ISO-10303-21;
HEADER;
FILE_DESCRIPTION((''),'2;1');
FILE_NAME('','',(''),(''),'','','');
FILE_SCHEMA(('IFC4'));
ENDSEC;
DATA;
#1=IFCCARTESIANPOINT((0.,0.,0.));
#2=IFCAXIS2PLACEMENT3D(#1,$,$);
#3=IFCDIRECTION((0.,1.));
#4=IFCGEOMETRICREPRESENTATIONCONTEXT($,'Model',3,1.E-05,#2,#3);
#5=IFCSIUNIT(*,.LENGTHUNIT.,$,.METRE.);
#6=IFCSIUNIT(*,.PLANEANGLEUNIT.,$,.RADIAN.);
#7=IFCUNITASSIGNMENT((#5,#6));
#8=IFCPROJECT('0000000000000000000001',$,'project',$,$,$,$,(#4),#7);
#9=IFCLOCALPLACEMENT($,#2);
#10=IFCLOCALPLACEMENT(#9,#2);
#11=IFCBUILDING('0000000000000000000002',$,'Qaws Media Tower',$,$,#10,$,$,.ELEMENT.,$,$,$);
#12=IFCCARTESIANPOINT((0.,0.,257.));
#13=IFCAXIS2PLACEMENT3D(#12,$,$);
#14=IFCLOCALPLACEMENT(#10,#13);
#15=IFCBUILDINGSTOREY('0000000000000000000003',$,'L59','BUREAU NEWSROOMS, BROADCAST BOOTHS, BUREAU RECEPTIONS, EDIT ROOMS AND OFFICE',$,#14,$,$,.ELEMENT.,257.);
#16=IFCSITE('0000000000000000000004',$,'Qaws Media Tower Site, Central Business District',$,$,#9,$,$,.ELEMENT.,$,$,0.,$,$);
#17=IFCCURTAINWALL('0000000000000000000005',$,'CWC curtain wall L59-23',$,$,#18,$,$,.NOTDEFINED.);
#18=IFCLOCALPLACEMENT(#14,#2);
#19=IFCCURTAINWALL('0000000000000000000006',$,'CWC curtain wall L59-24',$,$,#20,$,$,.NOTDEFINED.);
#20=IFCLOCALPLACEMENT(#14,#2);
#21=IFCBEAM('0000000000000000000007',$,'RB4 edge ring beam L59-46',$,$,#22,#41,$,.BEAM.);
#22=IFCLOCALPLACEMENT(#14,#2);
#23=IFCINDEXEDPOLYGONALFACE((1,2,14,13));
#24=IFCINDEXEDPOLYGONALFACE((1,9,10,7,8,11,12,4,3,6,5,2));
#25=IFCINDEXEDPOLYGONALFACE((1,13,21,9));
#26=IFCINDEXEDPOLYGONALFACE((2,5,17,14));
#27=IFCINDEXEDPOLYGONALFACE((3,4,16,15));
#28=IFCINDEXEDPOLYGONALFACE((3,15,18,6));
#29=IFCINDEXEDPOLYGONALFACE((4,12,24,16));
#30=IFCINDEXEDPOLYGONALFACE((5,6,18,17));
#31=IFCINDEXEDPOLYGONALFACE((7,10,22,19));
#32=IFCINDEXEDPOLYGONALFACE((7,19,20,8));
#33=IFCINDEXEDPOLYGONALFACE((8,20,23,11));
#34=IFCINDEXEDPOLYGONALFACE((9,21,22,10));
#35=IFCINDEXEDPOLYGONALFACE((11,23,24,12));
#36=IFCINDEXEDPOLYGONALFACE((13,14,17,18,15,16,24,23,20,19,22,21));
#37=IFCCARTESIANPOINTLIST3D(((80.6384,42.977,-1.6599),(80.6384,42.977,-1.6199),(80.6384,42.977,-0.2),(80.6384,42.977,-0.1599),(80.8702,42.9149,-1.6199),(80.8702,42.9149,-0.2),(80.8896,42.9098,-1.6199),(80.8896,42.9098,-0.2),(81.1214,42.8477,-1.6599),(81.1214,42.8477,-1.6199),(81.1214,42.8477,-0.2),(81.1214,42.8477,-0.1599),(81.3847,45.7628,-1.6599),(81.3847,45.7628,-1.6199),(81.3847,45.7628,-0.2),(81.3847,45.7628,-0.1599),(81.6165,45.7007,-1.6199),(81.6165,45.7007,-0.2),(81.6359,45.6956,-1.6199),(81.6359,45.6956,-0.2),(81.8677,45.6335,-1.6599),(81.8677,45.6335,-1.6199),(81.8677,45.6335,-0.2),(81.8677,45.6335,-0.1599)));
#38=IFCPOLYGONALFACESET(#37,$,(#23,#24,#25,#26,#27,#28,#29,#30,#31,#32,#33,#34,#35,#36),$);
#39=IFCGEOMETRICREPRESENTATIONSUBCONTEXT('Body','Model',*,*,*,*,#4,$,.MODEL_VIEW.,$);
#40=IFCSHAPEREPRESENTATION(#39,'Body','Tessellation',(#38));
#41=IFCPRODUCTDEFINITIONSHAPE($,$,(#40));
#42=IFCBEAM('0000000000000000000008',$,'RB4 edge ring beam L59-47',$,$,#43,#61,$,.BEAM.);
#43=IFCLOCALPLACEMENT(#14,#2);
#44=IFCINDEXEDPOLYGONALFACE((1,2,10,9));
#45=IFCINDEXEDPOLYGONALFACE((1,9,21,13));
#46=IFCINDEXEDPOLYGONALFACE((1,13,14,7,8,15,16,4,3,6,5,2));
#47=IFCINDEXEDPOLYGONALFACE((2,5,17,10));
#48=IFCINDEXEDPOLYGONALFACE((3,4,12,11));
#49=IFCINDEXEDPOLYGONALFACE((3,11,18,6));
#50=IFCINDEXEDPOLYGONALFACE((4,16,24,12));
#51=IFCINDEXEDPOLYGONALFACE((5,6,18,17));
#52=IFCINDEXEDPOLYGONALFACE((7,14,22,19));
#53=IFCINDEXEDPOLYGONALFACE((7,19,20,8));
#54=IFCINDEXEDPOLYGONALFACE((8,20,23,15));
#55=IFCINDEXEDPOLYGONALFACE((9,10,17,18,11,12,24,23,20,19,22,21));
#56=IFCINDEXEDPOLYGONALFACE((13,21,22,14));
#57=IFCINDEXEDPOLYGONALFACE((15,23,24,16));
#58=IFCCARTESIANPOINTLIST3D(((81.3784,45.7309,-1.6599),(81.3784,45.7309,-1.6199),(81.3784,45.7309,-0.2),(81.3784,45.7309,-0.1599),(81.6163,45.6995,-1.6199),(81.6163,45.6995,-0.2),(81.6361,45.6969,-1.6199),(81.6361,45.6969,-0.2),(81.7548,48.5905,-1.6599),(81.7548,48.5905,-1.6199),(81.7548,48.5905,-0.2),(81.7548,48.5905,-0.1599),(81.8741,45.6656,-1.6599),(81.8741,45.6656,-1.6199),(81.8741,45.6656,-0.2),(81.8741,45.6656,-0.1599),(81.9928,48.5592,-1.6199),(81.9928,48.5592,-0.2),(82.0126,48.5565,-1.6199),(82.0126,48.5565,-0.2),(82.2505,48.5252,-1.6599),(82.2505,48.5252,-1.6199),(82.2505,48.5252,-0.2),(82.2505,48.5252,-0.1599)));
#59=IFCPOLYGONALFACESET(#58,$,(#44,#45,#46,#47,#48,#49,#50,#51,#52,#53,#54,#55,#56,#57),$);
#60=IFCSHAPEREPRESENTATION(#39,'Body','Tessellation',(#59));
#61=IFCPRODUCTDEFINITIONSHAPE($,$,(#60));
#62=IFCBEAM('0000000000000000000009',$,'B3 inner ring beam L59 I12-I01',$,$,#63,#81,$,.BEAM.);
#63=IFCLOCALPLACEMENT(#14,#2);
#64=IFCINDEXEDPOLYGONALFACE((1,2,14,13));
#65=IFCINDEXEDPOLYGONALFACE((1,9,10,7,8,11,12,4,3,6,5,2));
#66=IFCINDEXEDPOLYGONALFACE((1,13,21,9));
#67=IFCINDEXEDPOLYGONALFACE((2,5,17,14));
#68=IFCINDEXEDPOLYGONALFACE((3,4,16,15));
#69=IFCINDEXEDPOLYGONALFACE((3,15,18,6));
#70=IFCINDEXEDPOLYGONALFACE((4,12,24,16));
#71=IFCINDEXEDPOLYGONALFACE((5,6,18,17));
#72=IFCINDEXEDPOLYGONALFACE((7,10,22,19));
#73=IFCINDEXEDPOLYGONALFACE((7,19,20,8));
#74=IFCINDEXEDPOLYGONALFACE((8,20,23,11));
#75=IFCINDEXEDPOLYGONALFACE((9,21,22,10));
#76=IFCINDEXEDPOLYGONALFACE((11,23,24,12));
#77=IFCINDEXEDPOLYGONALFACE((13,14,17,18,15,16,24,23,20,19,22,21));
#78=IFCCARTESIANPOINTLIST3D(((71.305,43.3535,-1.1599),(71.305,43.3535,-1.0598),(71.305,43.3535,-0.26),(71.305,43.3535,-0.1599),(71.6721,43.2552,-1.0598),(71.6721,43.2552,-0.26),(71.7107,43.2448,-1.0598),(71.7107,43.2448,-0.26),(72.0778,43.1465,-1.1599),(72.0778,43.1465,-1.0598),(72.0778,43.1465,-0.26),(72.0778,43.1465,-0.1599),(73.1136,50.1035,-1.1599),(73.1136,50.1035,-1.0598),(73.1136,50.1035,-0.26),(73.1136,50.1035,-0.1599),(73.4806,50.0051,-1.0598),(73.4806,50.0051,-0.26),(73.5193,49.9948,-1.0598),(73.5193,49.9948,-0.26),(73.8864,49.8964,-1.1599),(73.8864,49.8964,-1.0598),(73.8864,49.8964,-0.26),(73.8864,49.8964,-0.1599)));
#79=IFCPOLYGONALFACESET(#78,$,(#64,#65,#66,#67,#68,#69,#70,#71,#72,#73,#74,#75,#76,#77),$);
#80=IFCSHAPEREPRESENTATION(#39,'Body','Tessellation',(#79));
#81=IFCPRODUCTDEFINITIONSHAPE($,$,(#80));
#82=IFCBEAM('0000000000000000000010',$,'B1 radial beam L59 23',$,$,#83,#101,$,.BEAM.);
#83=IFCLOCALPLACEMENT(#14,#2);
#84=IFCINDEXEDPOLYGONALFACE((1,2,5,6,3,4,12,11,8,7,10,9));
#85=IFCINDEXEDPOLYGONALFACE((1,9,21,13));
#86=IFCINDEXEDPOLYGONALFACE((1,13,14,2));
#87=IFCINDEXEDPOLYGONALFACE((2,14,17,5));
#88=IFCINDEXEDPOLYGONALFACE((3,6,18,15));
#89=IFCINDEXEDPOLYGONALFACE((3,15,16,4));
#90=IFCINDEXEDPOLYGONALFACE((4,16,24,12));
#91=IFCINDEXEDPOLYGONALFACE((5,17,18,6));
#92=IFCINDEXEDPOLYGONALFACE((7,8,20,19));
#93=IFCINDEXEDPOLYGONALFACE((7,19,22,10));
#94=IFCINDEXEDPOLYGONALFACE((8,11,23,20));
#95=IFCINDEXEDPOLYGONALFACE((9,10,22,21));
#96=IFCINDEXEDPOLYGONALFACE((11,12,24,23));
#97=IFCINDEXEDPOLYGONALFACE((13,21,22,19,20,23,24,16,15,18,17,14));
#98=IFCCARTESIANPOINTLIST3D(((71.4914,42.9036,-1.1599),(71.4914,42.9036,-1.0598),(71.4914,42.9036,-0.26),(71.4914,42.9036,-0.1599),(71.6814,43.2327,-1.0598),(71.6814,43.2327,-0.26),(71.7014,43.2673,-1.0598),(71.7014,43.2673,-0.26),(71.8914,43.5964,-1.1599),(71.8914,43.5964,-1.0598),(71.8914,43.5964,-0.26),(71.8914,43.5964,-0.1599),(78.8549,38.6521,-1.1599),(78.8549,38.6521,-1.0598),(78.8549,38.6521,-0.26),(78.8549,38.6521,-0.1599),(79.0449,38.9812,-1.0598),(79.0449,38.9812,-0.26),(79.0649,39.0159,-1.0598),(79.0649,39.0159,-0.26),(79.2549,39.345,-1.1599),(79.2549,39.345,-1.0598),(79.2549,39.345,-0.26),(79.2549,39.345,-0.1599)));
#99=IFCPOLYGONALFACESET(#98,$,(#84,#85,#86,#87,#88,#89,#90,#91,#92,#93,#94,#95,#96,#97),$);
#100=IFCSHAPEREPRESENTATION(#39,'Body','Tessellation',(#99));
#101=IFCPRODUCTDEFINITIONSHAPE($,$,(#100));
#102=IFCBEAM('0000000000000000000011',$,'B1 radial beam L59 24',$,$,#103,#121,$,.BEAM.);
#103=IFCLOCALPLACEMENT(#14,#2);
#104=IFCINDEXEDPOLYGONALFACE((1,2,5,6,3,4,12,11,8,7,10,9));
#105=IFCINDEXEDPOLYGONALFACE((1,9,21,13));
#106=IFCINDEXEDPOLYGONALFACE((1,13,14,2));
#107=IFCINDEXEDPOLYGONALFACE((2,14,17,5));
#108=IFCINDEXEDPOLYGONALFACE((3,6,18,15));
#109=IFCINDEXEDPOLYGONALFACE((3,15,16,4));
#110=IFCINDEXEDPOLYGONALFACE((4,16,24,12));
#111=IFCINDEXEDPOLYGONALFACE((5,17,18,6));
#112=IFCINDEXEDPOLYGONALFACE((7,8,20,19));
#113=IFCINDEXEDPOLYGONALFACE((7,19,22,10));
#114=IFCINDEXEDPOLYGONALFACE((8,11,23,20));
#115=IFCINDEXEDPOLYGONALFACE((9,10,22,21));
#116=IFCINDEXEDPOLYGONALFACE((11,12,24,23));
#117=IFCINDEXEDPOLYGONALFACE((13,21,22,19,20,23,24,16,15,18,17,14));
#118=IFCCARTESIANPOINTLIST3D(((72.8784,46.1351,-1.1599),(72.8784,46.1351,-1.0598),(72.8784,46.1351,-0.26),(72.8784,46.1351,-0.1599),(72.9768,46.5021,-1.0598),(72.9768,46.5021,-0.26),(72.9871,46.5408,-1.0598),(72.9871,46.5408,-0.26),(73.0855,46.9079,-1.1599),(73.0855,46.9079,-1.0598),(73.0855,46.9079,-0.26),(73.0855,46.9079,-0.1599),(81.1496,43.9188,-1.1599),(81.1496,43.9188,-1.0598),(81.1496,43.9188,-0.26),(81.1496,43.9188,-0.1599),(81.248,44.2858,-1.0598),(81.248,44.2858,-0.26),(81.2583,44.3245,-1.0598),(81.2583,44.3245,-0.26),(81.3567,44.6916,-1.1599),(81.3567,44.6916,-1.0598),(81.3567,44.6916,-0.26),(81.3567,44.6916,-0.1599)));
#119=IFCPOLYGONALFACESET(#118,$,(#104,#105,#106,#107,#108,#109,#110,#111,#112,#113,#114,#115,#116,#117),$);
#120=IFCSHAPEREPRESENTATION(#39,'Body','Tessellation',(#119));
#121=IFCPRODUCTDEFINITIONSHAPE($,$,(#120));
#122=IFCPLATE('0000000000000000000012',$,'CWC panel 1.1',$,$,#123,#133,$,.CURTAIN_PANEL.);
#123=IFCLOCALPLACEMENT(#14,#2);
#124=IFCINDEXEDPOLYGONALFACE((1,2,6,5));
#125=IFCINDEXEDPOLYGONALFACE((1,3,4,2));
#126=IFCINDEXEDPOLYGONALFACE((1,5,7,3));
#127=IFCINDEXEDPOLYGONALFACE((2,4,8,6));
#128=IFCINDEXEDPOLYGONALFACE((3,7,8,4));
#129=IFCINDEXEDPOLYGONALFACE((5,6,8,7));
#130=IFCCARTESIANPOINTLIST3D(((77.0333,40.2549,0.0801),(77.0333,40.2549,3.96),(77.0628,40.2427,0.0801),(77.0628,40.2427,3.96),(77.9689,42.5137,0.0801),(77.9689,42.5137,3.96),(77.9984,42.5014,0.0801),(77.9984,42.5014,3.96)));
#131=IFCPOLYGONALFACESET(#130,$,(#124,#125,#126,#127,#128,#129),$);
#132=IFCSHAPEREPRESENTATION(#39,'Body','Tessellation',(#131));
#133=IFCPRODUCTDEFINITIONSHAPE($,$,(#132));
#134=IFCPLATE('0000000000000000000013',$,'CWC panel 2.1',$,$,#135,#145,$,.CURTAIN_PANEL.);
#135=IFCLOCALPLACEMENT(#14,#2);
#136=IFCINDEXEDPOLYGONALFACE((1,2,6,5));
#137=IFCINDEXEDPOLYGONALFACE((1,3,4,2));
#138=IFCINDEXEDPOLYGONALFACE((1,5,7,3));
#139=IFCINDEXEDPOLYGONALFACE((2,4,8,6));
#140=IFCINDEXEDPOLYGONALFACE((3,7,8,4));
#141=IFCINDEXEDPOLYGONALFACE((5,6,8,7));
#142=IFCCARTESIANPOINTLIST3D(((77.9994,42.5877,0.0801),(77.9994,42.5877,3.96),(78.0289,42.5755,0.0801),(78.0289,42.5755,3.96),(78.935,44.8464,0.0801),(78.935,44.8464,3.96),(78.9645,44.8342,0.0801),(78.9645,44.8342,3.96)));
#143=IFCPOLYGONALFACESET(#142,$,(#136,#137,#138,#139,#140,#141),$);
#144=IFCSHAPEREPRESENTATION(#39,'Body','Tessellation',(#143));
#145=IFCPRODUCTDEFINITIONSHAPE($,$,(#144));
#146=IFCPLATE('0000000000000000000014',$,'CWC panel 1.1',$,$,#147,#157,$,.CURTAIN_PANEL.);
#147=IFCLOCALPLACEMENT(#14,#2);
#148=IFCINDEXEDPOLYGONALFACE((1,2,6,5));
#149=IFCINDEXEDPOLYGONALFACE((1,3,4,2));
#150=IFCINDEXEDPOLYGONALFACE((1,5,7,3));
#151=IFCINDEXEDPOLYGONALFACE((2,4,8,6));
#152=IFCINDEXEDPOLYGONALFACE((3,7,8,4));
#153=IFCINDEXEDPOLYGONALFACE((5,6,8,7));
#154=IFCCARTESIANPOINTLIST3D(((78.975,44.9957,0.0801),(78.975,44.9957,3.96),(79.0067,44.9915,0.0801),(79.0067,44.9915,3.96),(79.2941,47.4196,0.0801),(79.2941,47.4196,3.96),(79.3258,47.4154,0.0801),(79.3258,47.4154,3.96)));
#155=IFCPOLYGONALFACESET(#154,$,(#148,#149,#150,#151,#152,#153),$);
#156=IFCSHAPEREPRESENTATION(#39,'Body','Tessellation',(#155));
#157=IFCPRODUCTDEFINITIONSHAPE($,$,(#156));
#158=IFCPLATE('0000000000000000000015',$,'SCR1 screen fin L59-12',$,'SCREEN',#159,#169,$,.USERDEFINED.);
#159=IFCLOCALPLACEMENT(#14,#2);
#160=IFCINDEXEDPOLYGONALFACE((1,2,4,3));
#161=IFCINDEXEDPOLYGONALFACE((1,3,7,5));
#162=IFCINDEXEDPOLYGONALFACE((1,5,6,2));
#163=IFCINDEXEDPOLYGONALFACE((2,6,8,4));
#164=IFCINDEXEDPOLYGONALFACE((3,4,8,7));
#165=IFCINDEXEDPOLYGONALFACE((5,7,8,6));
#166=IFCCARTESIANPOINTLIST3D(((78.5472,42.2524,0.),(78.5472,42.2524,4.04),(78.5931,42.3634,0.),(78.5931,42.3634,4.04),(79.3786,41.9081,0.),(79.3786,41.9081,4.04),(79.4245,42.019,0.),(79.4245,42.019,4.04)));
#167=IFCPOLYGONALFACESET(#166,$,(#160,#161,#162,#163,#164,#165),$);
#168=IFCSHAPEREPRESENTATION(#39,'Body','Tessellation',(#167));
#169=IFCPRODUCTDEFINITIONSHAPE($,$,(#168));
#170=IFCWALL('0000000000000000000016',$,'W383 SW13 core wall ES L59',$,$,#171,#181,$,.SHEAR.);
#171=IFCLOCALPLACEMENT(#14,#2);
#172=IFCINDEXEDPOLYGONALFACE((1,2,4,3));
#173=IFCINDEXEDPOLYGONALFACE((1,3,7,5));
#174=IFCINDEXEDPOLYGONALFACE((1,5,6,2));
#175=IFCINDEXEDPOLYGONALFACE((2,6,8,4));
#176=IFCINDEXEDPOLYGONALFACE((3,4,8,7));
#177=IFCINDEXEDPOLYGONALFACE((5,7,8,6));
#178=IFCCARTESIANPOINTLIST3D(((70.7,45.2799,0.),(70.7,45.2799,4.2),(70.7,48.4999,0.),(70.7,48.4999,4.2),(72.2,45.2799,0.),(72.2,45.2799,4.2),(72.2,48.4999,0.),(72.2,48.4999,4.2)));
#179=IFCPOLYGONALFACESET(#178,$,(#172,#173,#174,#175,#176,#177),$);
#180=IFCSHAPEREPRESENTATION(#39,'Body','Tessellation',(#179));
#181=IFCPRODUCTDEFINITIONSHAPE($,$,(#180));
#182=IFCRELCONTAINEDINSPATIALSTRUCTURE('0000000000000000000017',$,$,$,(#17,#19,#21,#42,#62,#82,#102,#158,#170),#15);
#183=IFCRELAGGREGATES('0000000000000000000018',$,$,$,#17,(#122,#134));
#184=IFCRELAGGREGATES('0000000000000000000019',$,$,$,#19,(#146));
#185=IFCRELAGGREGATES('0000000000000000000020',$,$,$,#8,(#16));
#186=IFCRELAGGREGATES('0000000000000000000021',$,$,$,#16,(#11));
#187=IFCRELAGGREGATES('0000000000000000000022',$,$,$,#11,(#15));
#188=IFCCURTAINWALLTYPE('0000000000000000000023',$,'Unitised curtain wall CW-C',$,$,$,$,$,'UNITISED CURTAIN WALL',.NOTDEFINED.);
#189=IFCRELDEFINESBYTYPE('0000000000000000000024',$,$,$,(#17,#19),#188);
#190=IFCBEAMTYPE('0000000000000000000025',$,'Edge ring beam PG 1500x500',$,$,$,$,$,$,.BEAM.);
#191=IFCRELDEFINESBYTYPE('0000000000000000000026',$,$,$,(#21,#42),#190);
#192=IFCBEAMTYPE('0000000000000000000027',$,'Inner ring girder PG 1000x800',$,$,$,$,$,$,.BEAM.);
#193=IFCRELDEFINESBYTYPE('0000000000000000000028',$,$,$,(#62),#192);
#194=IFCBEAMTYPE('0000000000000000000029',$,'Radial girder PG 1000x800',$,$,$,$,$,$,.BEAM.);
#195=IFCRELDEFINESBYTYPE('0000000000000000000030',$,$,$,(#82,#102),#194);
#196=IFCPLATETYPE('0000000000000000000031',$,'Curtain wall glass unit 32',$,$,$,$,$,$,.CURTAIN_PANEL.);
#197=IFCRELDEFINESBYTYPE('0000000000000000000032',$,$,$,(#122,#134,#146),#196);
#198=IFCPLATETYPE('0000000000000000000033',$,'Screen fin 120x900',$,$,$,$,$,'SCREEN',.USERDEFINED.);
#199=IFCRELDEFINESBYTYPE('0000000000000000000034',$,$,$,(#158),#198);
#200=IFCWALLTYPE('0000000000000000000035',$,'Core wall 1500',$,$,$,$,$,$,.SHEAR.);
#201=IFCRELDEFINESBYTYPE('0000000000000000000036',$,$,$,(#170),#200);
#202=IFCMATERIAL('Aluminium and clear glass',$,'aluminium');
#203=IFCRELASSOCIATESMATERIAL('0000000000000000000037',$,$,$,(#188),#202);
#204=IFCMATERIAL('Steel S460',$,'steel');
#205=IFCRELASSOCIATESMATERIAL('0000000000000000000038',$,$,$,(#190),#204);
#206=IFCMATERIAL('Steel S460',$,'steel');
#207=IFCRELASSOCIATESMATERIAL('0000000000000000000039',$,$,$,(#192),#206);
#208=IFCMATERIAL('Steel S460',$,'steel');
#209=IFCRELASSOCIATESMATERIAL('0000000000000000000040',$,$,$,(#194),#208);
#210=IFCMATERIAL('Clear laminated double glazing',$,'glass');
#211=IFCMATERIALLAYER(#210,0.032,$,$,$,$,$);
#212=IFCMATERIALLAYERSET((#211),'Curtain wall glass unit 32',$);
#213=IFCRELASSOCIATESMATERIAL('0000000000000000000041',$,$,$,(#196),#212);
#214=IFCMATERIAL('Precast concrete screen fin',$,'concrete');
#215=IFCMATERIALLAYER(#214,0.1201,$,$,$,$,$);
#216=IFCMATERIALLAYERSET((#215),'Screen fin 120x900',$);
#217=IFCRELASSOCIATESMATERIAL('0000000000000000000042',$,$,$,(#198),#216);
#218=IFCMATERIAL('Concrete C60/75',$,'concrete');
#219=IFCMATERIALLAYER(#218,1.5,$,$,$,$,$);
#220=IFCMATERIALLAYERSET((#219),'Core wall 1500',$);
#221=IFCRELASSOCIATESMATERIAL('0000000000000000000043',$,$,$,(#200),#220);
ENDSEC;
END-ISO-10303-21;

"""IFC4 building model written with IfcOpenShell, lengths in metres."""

from ifc_helpers import new_model, si_unit, direction, frame, frame_2d, origin, origin_2d, place, context, subcontext, project, spatial, rectangle, i_section, extrude, material, layer, layer_set, material_profile, profile_set, type_object, element, aggregate, save


model = new_model("IFC4")

# Units and contexts
model_context = context("Model", 3, precision=1e-05, world=origin(), true_north=direction((0.0, 1.0)))
body_context = subcontext(model_context, "Body", "Model", "MODEL_VIEW")
ifc_project = project(units=[si_unit("LENGTHUNIT", "METRE"), si_unit("PLANEANGLEUNIT", "RADIAN")], contexts=[model_context])

# Site, building, storey
site_placement = place(None, origin())
site = spatial("IfcSite", under=ifc_project, at=site_placement, Name="Qaws Media Tower Site, Central Business District", CompositionType="ELEMENT", RefElevation=0.0)
building_placement = place(site_placement, origin())
building = spatial("IfcBuilding", under=site, at=building_placement, Name="Qaws Media Tower", CompositionType="ELEMENT")
storey_placement = place(building_placement, frame((0.0, 0.0, 257.0)))
storey = spatial("IfcBuildingStorey", under=building, at=storey_placement, Name="L59", Description="BUREAU NEWSROOMS, BROADCAST BOOTHS, BUREAU RECEPTIONS, EDIT ROOMS AND OFFICE", CompositionType="ELEMENT", Elevation=257.0)

# Curtain walls
ifc_material_1 = material(Name="Aluminium and clear glass", Category="aluminium")
curtain_wall_type = type_object("IfcCurtainWallType", Name="Unitised curtain wall CW-C", ElementType="UNITISED CURTAIN WALL", PredefinedType="NOTDEFINED", material=ifc_material_1)
curtain_wall_1_placement = place(storey_placement, origin())
curtain_wall_1 = element("IfcCurtainWall", 1, at=curtain_wall_1_placement, inside=storey, type_object=curtain_wall_type, Name="CWC curtain wall L59-23", PredefinedType="NOTDEFINED")
curtain_wall_2_placement = place(storey_placement, origin())
curtain_wall_2 = element("IfcCurtainWall", 2, at=curtain_wall_2_placement, inside=storey, type_object=curtain_wall_type, Name="CWC curtain wall L59-24", PredefinedType="NOTDEFINED")

# Beams
ifc_material_2 = material(Name="Steel S460", Category="steel")
ifc_material_profile_1 = material_profile(ifc_material_2, i_section(OverallWidth=0.5, OverallDepth=1.5, WebThickness=0.02, FlangeThickness=0.04, at=origin_2d()), Name="PG 1500x500")
ifc_profile_set_1 = profile_set([ifc_material_profile_1], Name="Steel S460")
beam_type_1 = type_object("IfcBeamType", Name="Edge ring beam PG 1500x500", PredefinedType="BEAM", material=ifc_profile_set_1)
beam_1_placement = place(storey_placement, frame((80.8799, 42.9124, -0.9099), z_axis=(0.258774, 0.965938, 0.0), x_axis=(-0.965938, 0.258774, 0.0)))
element("IfcBeam", 3, at=beam_1_placement, inside=storey, type_object=beam_type_1, Name="RB4 edge ring beam L59-46", PredefinedType="BEAM", context=body_context, shape_type="SweptSolid", body=[
    extrude(i_section(OverallWidth=0.5, OverallDepth=1.5, WebThickness=0.02, FlangeThickness=0.04, at=origin_2d()), origin(), (0.0, 0.0, 1.0), 2.884),
])
beam_2_placement = place(storey_placement, frame((81.6262, 45.6982, -0.9099), z_axis=(0.130522, 0.991445, 0.0), x_axis=(-0.991445, 0.130522, 0.0)))
element("IfcBeam", 4, at=beam_2_placement, inside=storey, type_object=beam_type_1, Name="RB4 edge ring beam L59-47", PredefinedType="BEAM", context=body_context, shape_type="SweptSolid", body=[
    extrude(i_section(OverallWidth=0.5, OverallDepth=1.5, WebThickness=0.02, FlangeThickness=0.04, at=origin_2d()), origin(), (0.0, 0.0, 1.0), 2.8843),
])
ifc_material_3 = material(Name="Steel S460", Category="steel")
ifc_material_profile_2 = material_profile(ifc_material_3, i_section(OverallWidth=0.8, OverallDepth=1.0, WebThickness=0.04, FlangeThickness=0.1001, at=origin_2d()), Name="PG 1000x800")
ifc_profile_set_2 = profile_set([ifc_material_profile_2], Name="Steel S460")
beam_type_2 = type_object("IfcBeamType", Name="Inner ring girder PG 1000x800", PredefinedType="BEAM", material=ifc_profile_set_2)
beam_3_placement = place(storey_placement, frame((71.6914, 43.25, -0.6599), z_axis=(0.258811, 0.965928, 0.0), x_axis=(-0.965928, 0.258811, 0.0)))
element("IfcBeam", 5, at=beam_3_placement, inside=storey, type_object=beam_type_2, Name="B3 inner ring beam L59 I12-I01", PredefinedType="BEAM", context=body_context, shape_type="SweptSolid", body=[
    extrude(i_section(OverallWidth=0.8, OverallDepth=1.0, WebThickness=0.04, FlangeThickness=0.1001, at=origin_2d()), origin(), (0.0, 0.0, 1.0), 6.988),
])
ifc_material_4 = material(Name="Steel S460", Category="steel")
ifc_material_profile_3 = material_profile(ifc_material_4, i_section(OverallWidth=0.8, OverallDepth=1.0, WebThickness=0.04, FlangeThickness=0.1001, at=origin_2d()), Name="PG 1000x800")
ifc_profile_set_3 = profile_set([ifc_material_profile_3], Name="Steel S460")
beam_type_3 = type_object("IfcBeamType", Name="Radial girder PG 1000x800", PredefinedType="BEAM", material=ifc_profile_set_3)
beam_4_placement = place(storey_placement, frame((71.6914, 43.25, -0.6599), z_axis=(0.866019, -0.500012, 0.0), x_axis=(0.500012, 0.866019, 0.0)))
element("IfcBeam", 6, at=beam_4_placement, inside=storey, type_object=beam_type_3, Name="B1 radial beam L59 23", PredefinedType="BEAM", context=body_context, shape_type="SweptSolid", body=[
    extrude(i_section(OverallWidth=0.8, OverallDepth=1.0, WebThickness=0.04, FlangeThickness=0.1001, at=origin_2d()), origin(), (0.0, 0.0, 1.0), 8.5027),
])
beam_5_placement = place(storey_placement, frame((72.9819, 46.5215, -0.6599), z_axis=(0.965925, -0.258823, 0.0), x_axis=(0.258823, 0.965925, 0.0)))
element("IfcBeam", 7, at=beam_5_placement, inside=storey, type_object=beam_type_3, Name="B1 radial beam L59 24", PredefinedType="BEAM", context=body_context, shape_type="SweptSolid", body=[
    extrude(i_section(OverallWidth=0.8, OverallDepth=1.0, WebThickness=0.04, FlangeThickness=0.1001, at=origin_2d()), origin(), (0.0, 0.0, 1.0), 8.563),
])

# Plates
ifc_material_5 = material(Name="Clear laminated double glazing", Category="glass")
ifc_layer_1 = layer(ifc_material_5, 0.032)
ifc_layer_set_1 = layer_set([ifc_layer_1], Name="Curtain wall glass unit 32")
plate_type_1 = type_object("IfcPlateType", Name="Curtain wall glass unit 32", PredefinedType="CURTAIN_PANEL", material=ifc_layer_set_1)
plate_1_placement = place(storey_placement, frame((77.5159, 41.3782, 0.0801), z_axis=(0.0, 0.0, 1.0), x_axis=(0.382683, 0.92388, 0.0)))
plate_1 = element("IfcPlate", 8, at=plate_1_placement, type_object=plate_type_1, Name="CWC panel 1.1", PredefinedType="CURTAIN_PANEL", context=body_context, shape_type="SweptSolid", body=[
    extrude(rectangle(XDim=2.4448, YDim=0.032, at=origin_2d()), origin(), (0.0, 0.0, 1.0), 3.8799),
])
plate_2_placement = place(storey_placement, frame((78.4819, 43.7109, 0.0801), z_axis=(0.0, 0.0, 1.0), x_axis=(0.382683, 0.92388, 0.0)))
plate_2 = element("IfcPlate", 9, at=plate_2_placement, type_object=plate_type_1, Name="CWC panel 2.1", PredefinedType="CURTAIN_PANEL", context=body_context, shape_type="SweptSolid", body=[
    extrude(rectangle(XDim=2.4448, YDim=0.032, at=origin_2d()), origin(), (0.0, 0.0, 1.0), 3.8799),
])
aggregate(curtain_wall_1, [plate_1, plate_2])
plate_3_placement = place(storey_placement, frame((79.1504, 46.2056, 0.0801), z_axis=(0.0, 0.0, 1.0), x_axis=(0.130526, 0.991445, 0.0)))
plate_3 = element("IfcPlate", 10, at=plate_3_placement, type_object=plate_type_1, Name="CWC panel 1.1", PredefinedType="CURTAIN_PANEL", context=body_context, shape_type="SweptSolid", body=[
    extrude(rectangle(XDim=2.4448, YDim=0.032, at=origin_2d()), origin(), (0.0, 0.0, 1.0), 3.8799),
])
aggregate(curtain_wall_2, [plate_3])
ifc_material_6 = material(Name="Precast concrete screen fin", Category="concrete")
ifc_layer_2 = layer(ifc_material_6, 0.1201)
ifc_layer_set_2 = layer_set([ifc_layer_2], Name="Screen fin 120x900")
plate_type_2 = type_object("IfcPlateType", Name="Screen fin 120x900", ElementType="SCREEN", PredefinedType="USERDEFINED", material=ifc_layer_set_2)
plate_4_placement = place(storey_placement, frame((78.9858, 42.1357, 0.0), z_axis=(0.0, 0.0, 1.0), x_axis=(0.92388, -0.382683, 0.0)))
element("IfcPlate", 11, at=plate_4_placement, inside=storey, type_object=plate_type_2, Name="SCR1 screen fin L59-12", ObjectType="SCREEN", PredefinedType="USERDEFINED", context=body_context, shape_type="SweptSolid", body=[
    extrude(rectangle(XDim=0.8999, YDim=0.1201, at=origin_2d()), origin(), (0.0, 0.0, 1.0), 4.04),
])

# Wall
ifc_material_7 = material(Name="Concrete C60/75", Category="concrete")
ifc_layer_3 = layer(ifc_material_7, 1.5)
ifc_layer_set_3 = layer_set([ifc_layer_3], Name="Core wall 1500")
wall_type_1 = type_object("IfcWallType", Name="Core wall 1500", PredefinedType="SHEAR", material=ifc_layer_set_3)
wall_1_placement = place(storey_placement, frame((71.45, 45.28, 0.0), z_axis=(0.0, 0.0, 1.0), x_axis=(0.0, 1.0, 0.0)))
element("IfcWall", 12, at=wall_1_placement, inside=storey, type_object=wall_type_1, Name="W383 SW13 core wall ES L59", PredefinedType="SHEAR", context=body_context, shape_type="SweptSolid", body=[
    extrude(rectangle(XDim=3.22, YDim=1.5, at=frame_2d((1.6099, 0.0))), origin(), (0.0, 0.0, 1.0), 4.2),
])

save(model, "model.ifc")
